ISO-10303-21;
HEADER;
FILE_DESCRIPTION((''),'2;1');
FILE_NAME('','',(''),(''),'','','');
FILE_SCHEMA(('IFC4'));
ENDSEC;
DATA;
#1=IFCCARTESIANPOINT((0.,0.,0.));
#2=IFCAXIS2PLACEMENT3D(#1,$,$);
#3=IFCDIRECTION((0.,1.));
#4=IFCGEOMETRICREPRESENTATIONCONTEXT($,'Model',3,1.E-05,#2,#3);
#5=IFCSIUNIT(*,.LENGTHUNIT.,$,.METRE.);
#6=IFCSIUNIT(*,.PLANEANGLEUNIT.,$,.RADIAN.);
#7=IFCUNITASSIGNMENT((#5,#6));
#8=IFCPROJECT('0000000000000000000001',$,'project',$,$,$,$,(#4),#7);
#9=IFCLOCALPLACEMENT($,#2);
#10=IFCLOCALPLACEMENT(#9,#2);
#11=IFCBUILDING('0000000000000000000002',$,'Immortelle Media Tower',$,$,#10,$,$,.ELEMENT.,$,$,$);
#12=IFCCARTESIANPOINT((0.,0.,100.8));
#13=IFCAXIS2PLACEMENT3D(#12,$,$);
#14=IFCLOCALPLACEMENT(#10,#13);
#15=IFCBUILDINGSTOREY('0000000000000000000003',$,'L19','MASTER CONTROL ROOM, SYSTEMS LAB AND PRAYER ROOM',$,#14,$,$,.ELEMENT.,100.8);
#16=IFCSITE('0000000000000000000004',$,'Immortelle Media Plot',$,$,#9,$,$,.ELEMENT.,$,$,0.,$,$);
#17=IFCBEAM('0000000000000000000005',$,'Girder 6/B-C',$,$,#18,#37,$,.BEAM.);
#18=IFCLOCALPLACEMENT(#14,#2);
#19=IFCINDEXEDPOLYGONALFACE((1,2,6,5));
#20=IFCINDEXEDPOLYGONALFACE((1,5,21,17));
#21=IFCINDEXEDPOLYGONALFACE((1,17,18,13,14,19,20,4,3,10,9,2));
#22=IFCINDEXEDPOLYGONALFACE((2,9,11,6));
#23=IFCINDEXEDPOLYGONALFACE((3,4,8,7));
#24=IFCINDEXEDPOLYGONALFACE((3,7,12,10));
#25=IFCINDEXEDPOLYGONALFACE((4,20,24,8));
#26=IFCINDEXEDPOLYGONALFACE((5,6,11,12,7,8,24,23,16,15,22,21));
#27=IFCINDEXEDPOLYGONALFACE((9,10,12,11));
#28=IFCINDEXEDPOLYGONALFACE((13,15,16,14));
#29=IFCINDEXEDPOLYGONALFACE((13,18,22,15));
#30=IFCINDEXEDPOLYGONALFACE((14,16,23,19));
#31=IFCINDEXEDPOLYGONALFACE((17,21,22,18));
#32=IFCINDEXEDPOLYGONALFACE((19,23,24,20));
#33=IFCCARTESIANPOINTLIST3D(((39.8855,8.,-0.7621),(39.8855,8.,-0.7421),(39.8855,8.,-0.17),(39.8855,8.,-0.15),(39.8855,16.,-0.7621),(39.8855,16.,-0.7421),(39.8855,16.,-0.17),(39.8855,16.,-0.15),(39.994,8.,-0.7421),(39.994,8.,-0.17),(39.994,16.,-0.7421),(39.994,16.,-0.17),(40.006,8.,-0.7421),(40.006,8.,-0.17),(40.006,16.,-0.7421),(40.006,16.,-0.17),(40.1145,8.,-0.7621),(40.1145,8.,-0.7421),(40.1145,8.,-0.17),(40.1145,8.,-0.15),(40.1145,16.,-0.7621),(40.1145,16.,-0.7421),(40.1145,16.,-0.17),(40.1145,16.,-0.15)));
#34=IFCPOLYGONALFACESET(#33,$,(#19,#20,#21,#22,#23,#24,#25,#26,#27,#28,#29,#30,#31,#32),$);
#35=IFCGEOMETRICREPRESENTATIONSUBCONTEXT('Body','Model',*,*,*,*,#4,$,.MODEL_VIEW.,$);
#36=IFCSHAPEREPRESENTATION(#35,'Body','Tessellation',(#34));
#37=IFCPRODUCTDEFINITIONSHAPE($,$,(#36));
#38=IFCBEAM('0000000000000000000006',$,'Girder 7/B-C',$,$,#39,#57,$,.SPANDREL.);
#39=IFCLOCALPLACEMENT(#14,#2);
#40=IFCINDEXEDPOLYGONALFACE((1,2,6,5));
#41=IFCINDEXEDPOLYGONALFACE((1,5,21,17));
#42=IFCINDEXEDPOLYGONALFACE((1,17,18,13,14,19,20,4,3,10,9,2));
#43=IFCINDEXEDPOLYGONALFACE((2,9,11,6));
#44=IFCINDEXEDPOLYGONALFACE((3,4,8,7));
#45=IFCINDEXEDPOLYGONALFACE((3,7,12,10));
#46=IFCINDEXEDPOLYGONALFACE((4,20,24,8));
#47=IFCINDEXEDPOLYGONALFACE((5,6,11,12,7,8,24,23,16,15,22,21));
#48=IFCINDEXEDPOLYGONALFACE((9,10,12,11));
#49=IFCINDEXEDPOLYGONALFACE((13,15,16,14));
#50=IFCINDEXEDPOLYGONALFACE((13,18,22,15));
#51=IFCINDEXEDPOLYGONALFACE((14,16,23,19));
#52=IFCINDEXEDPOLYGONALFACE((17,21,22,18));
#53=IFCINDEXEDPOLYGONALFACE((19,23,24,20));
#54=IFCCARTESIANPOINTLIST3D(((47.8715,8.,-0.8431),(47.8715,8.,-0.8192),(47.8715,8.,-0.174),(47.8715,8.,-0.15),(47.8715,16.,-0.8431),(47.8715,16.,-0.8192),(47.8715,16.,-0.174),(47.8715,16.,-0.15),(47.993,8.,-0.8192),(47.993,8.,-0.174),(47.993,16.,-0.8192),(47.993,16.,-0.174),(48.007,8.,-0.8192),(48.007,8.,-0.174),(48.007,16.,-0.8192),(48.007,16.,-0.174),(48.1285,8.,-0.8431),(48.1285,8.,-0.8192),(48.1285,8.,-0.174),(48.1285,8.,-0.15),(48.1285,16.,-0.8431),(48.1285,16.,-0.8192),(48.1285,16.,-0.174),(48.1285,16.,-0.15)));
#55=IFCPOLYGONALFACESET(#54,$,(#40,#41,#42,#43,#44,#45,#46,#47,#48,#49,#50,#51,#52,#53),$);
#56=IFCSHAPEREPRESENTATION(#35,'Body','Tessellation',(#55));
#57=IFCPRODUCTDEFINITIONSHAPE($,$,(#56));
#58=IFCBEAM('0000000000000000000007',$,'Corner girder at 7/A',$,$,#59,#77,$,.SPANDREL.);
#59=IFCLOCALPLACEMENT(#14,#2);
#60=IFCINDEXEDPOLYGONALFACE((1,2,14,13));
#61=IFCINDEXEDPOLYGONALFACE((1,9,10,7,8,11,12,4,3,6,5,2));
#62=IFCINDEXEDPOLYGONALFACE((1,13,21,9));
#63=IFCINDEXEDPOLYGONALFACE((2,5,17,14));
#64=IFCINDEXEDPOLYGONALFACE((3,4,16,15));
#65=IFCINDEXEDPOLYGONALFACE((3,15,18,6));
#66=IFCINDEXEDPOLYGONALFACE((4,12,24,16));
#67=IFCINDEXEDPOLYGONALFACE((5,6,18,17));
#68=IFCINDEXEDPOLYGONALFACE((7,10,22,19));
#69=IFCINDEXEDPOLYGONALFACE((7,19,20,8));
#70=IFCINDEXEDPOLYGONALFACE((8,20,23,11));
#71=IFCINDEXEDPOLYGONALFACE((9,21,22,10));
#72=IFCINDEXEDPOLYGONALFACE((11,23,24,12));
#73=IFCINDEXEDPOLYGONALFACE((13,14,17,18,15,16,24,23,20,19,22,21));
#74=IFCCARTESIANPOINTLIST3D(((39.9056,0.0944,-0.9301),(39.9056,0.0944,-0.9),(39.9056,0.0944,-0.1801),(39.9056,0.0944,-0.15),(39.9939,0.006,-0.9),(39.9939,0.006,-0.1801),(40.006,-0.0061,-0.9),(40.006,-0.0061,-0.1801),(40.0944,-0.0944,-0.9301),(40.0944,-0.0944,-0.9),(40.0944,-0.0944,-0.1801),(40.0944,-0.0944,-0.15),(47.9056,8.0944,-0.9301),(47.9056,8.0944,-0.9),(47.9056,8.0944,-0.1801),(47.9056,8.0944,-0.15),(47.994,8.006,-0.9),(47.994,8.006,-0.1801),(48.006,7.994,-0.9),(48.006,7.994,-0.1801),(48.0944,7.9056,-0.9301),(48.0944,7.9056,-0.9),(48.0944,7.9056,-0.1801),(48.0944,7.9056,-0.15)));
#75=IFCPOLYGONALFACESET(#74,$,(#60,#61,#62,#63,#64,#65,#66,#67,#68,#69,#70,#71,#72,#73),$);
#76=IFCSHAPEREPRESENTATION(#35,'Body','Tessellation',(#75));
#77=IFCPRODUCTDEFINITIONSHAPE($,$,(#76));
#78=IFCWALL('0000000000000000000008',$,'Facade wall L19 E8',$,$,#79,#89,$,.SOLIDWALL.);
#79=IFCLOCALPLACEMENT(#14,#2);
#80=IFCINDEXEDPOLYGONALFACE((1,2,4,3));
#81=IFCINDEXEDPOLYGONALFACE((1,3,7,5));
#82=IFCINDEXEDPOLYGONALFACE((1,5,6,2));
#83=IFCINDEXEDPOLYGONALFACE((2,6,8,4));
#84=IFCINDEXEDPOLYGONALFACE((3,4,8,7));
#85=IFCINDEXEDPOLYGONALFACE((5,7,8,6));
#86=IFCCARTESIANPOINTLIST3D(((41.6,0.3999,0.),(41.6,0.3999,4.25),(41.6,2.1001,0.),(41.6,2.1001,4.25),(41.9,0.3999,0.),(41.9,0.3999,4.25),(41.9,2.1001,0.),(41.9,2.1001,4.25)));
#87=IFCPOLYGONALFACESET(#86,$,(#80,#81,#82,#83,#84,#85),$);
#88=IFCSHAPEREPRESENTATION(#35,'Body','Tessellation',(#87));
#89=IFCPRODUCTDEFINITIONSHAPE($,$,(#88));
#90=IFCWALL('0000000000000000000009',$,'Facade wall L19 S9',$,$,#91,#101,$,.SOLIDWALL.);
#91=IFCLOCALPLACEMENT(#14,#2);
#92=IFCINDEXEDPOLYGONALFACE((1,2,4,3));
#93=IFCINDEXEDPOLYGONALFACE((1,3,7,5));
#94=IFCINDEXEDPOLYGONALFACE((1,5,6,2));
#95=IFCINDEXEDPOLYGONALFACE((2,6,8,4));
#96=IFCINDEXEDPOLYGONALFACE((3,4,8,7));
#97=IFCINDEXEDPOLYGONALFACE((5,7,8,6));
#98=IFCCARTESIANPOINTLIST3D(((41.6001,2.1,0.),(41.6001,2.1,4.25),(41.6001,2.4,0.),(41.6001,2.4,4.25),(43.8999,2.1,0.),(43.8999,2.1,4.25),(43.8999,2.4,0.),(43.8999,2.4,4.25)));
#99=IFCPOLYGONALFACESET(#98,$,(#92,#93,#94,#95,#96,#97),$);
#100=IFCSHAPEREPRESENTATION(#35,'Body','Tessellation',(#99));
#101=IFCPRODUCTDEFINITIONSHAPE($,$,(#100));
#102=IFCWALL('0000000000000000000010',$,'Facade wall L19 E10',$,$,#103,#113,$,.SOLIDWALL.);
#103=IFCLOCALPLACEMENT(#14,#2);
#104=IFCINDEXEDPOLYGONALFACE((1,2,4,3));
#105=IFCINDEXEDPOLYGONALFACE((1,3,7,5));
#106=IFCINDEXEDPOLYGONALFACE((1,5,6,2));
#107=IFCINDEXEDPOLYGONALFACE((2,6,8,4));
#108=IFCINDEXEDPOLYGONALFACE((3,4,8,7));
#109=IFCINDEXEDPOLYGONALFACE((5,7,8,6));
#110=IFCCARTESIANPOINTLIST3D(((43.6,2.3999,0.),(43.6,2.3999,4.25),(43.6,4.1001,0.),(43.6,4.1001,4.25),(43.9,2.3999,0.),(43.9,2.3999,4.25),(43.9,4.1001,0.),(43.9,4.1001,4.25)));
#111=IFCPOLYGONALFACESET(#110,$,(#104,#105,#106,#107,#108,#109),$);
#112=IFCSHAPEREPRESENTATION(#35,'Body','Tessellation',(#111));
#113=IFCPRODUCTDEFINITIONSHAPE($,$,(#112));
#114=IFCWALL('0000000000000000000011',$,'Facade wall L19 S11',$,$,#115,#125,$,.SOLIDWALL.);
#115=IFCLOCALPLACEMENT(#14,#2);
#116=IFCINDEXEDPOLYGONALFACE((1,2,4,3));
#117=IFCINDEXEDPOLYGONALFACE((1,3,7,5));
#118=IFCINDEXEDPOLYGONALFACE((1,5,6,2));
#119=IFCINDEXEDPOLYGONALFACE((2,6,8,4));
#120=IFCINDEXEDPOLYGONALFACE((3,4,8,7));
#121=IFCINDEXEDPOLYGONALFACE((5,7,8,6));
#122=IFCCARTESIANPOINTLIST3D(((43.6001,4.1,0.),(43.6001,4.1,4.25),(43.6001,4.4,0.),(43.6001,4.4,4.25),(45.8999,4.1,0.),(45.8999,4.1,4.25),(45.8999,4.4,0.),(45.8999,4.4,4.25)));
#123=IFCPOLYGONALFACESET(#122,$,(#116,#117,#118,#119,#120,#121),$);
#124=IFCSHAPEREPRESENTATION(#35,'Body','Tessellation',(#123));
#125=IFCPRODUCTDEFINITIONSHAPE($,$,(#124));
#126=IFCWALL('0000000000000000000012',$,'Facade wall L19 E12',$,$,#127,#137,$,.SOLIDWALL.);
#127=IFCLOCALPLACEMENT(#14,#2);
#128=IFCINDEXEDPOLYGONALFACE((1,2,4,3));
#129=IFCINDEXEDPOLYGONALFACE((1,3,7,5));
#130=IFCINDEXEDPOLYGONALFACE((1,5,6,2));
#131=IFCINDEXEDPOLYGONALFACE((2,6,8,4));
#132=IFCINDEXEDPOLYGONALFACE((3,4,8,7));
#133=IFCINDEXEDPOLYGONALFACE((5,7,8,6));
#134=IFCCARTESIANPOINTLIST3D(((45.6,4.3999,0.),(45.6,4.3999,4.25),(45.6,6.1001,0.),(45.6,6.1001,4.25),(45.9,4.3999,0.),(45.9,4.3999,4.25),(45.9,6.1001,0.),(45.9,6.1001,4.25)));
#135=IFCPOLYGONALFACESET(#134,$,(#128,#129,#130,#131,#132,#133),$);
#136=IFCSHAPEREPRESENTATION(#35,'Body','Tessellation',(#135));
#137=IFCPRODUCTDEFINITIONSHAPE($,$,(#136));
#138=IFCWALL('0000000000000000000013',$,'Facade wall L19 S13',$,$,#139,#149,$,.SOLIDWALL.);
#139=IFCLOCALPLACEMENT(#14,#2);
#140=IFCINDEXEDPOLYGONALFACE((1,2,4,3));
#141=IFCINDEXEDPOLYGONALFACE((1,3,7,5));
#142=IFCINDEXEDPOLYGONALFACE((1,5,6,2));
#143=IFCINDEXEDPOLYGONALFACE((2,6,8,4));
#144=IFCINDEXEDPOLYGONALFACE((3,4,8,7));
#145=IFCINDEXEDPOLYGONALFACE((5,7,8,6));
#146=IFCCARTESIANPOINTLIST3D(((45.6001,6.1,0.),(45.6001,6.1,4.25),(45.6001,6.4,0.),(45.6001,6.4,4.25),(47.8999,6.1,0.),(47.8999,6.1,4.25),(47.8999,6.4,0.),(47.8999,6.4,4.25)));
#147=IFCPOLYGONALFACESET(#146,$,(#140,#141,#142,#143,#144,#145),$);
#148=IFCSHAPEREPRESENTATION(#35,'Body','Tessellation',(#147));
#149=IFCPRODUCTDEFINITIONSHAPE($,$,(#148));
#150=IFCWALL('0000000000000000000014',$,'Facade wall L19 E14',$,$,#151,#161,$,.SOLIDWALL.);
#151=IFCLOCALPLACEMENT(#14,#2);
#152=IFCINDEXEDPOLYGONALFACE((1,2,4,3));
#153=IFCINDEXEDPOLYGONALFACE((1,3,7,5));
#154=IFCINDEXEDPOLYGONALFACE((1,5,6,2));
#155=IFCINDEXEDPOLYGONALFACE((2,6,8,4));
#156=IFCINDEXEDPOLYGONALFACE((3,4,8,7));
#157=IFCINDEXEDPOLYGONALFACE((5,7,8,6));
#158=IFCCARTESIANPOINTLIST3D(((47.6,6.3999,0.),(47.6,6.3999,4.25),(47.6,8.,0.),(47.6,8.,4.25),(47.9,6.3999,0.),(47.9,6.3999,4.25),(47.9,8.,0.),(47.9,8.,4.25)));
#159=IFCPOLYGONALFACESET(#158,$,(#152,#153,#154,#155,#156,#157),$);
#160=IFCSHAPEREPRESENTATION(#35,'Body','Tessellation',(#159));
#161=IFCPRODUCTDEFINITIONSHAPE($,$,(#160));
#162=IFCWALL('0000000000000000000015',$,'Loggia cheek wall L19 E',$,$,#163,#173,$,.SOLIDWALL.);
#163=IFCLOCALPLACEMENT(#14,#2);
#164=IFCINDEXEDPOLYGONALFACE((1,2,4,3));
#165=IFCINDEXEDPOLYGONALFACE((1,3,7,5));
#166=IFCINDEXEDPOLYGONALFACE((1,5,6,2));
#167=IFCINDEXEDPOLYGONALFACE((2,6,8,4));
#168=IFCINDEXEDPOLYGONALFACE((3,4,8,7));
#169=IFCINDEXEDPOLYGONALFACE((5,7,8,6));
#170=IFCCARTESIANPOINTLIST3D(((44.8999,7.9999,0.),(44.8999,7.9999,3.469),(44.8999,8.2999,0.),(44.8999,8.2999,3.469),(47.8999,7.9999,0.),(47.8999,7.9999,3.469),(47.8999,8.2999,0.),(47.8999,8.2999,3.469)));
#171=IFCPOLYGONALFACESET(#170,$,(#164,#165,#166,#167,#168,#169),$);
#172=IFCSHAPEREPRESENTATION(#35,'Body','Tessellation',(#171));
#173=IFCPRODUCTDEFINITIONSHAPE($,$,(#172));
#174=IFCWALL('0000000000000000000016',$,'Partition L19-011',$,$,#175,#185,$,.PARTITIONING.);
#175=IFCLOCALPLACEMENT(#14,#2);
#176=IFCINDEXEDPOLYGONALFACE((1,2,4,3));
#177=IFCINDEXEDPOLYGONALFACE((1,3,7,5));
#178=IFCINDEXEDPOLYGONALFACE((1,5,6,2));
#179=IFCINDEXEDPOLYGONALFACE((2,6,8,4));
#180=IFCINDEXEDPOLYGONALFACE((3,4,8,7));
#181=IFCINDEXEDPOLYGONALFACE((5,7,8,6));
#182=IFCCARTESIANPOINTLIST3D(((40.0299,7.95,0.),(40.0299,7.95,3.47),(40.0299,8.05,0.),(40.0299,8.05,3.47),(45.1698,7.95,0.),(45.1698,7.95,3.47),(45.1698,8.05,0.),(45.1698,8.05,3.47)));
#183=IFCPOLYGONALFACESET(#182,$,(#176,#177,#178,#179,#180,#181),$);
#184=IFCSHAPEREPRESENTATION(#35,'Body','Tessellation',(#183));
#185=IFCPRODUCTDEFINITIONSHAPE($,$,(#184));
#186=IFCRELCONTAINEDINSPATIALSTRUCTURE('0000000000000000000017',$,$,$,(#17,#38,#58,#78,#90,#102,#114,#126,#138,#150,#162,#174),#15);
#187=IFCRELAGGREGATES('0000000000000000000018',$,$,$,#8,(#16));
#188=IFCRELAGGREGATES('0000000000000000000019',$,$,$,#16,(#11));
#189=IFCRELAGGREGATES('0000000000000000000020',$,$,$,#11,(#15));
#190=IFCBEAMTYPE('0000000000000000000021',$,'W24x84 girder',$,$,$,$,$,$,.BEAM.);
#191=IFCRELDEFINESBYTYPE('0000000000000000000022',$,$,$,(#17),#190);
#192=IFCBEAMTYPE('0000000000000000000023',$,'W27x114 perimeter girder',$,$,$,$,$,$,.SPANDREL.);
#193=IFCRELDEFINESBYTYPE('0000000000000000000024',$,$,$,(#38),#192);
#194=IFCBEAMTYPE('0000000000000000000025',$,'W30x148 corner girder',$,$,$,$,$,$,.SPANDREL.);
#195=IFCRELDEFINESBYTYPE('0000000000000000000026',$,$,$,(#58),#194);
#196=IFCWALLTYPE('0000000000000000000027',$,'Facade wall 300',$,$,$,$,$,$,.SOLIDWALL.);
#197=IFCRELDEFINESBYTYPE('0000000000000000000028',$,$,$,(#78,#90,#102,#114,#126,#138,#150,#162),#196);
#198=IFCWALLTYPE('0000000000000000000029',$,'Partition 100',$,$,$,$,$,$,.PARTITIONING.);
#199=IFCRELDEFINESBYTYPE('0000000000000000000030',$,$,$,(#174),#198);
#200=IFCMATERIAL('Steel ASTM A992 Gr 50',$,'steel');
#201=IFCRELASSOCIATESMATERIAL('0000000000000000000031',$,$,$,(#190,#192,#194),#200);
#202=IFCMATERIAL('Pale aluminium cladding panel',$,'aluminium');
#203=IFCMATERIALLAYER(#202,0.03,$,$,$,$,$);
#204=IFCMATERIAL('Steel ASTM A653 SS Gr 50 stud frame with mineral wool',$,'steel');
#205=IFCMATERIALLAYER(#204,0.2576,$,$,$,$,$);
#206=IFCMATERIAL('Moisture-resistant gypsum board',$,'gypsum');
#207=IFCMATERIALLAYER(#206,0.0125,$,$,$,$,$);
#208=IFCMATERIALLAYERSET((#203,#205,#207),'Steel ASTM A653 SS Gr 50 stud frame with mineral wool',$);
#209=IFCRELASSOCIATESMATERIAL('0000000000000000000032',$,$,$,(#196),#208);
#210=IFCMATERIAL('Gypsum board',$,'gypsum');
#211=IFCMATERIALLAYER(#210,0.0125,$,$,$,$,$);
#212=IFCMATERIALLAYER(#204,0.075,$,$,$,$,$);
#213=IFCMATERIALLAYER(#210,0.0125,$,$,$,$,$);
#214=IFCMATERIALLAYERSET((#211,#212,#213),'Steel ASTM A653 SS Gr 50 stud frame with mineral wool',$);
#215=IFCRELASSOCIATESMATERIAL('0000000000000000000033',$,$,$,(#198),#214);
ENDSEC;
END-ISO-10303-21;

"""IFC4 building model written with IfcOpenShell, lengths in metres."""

from ifc_helpers import new_model, si_unit, direction, frame, frame_2d, origin, origin_2d, place, context, subcontext, project, spatial, rectangle, i_section, extrude, material, layer, layer_set, material_profile, profile_set, type_object, element, save


model = new_model("IFC4")

# Units and contexts
model_context = context("Model", 3, precision=1e-05, world=origin(), true_north=direction((0.0, 1.0)))
body_context = subcontext(model_context, "Body", "Model", "MODEL_VIEW")
ifc_project = project(units=[si_unit("LENGTHUNIT", "METRE"), si_unit("PLANEANGLEUNIT", "RADIAN")], contexts=[model_context])

# Site, building, storey
site_placement = place(None, origin())
site = spatial("IfcSite", under=ifc_project, at=site_placement, Name="Immortelle Media Plot", CompositionType="ELEMENT", RefElevation=0.0)
building_placement = place(site_placement, origin())
building = spatial("IfcBuilding", under=site, at=building_placement, Name="Immortelle Media Tower", CompositionType="ELEMENT")
storey_placement = place(building_placement, frame((0.0, 0.0, 100.8)))
storey = spatial("IfcBuildingStorey", under=building, at=storey_placement, Name="L19", Description="MASTER CONTROL ROOM, SYSTEMS LAB AND PRAYER ROOM", CompositionType="ELEMENT", Elevation=100.8)

# Shared definitions
ifc_material_1 = material(Name="Steel ASTM A992 Gr 50", Category="steel")

# Beams
ifc_material_profile_1 = material_profile(ifc_material_1, i_section(OverallWidth=0.229, OverallDepth=0.6121, WebThickness=0.012, FlangeThickness=0.02, at=origin_2d()), Name="W24x84")
ifc_profile_set_1 = profile_set([ifc_material_profile_1], Name="Steel ASTM A992 Gr 50")
beam_type_1 = type_object("IfcBeamType", Name="W24x84 girder", PredefinedType="BEAM", material=ifc_profile_set_1)
for number, where, z_axis, x_axis, name in (
    (1, (40.0, 8.0, -0.4561), (0.0, 1.0, 0.0), (-1.0, 0.0, 0.0), "Girder 6/B-C"),
):
    element("IfcBeam", number, at=place(storey_placement, frame(where, z_axis=z_axis, x_axis=x_axis)), inside=storey, type_object=beam_type_1, Name=name, PredefinedType="BEAM", context=body_context, shape_type="SweptSolid", body=[
        extrude(i_section(OverallWidth=0.229, OverallDepth=0.6121, WebThickness=0.012, FlangeThickness=0.02, at=origin_2d()), origin(), (0.0, 0.0, 1.0), 8.0),
    ])
ifc_material_profile_2 = material_profile(ifc_material_1, i_section(OverallWidth=0.2571, OverallDepth=0.6931, WebThickness=0.0139, FlangeThickness=0.0239, at=origin_2d()), Name="W27x114")
ifc_profile_set_2 = profile_set([ifc_material_profile_2], Name="Steel ASTM A992 Gr 50")
beam_type_2 = type_object("IfcBeamType", Name="W27x114 perimeter girder", PredefinedType="SPANDREL", material=ifc_profile_set_2)
beam_1_placement = place(storey_placement, frame((48.0, 8.0, -0.4966), z_axis=(0.0, 1.0, 0.0), x_axis=(-1.0, 0.0, 0.0)))
element("IfcBeam", 2, at=beam_1_placement, inside=storey, type_object=beam_type_2, Name="Girder 7/B-C", PredefinedType="SPANDREL", context=body_context, shape_type="SweptSolid", body=[
    extrude(i_section(OverallWidth=0.2571, OverallDepth=0.6931, WebThickness=0.0139, FlangeThickness=0.0239, at=origin_2d()), origin(), (0.0, 0.0, 1.0), 8.0),
])
ifc_material_profile_3 = material_profile(ifc_material_1, i_section(OverallWidth=0.2671, OverallDepth=0.78, WebThickness=0.0171, FlangeThickness=0.03, at=origin_2d()), Name="W30x148")
ifc_profile_set_3 = profile_set([ifc_material_profile_3], Name="Steel ASTM A992 Gr 50")
beam_type_3 = type_object("IfcBeamType", Name="W30x148 corner girder", PredefinedType="SPANDREL", material=ifc_profile_set_3)
beam_2_placement = place(storey_placement, frame((48.0, 8.0, -0.54), z_axis=(-0.707107, -0.707107, 0.0), x_axis=(0.707107, -0.707107, 0.0)))
element("IfcBeam", 3, at=beam_2_placement, inside=storey, type_object=beam_type_3, Name="Corner girder at 7/A", PredefinedType="SPANDREL", context=body_context, shape_type="SweptSolid", body=[
    extrude(i_section(OverallWidth=0.2671, OverallDepth=0.78, WebThickness=0.0171, FlangeThickness=0.03, at=origin_2d()), origin(), (0.0, 0.0, 1.0), 11.3137),
])

# Walls
ifc_material_2 = material(Name="Pale aluminium cladding panel", Category="aluminium")
ifc_layer_1 = layer(ifc_material_2, 0.03)
ifc_material_3 = material(Name="Steel ASTM A653 SS Gr 50 stud frame with mineral wool", Category="steel")
ifc_layer_2 = layer(ifc_material_3, 0.2576)
ifc_material_4 = material(Name="Moisture-resistant gypsum board", Category="gypsum")
ifc_layer_3 = layer(ifc_material_4, 0.0125)
ifc_layer_set_1 = layer_set([ifc_layer_1, ifc_layer_2, ifc_layer_3], Name="Steel ASTM A653 SS Gr 50 stud frame with mineral wool")
wall_type_1 = type_object("IfcWallType", Name="Facade wall 300", PredefinedType="SOLIDWALL", material=ifc_layer_set_1)
wall_1_placement = place(storey_placement, frame((41.75, 0.3999, 0.0), z_axis=(0.0, 0.0, 1.0), x_axis=(0.0, 1.0, 0.0)))
element("IfcWall", 4, at=wall_1_placement, inside=storey, type_object=wall_type_1, Name="Facade wall L19 E8", PredefinedType="SOLIDWALL", context=body_context, shape_type="SweptSolid", body=[
    extrude(rectangle(XDim=1.7002, YDim=0.3, at=frame_2d((0.8501, 0.0))), origin(), (0.0, 0.0, 1.0), 4.25),
])
wall_2_placement = place(storey_placement, frame((41.6001, 2.25, 0.0), z_axis=(0.0, 0.0, 1.0), x_axis=(1.0, 0.0, 0.0)))
element("IfcWall", 5, at=wall_2_placement, inside=storey, type_object=wall_type_1, Name="Facade wall L19 S9", PredefinedType="SOLIDWALL", context=body_context, shape_type="SweptSolid", body=[
    extrude(rectangle(XDim=2.2998, YDim=0.3, at=frame_2d((1.1499, 0.0))), origin(), (0.0, 0.0, 1.0), 4.25),
])
wall_3_placement = place(storey_placement, frame((43.75, 2.3999, 0.0), z_axis=(0.0, 0.0, 1.0), x_axis=(0.0, 1.0, 0.0)))
element("IfcWall", 6, at=wall_3_placement, inside=storey, type_object=wall_type_1, Name="Facade wall L19 E10", PredefinedType="SOLIDWALL", context=body_context, shape_type="SweptSolid", body=[
    extrude(rectangle(XDim=1.7002, YDim=0.3, at=frame_2d((0.8501, 0.0))), origin(), (0.0, 0.0, 1.0), 4.25),
])
wall_4_placement = place(storey_placement, frame((43.6001, 4.25, 0.0), z_axis=(0.0, 0.0, 1.0), x_axis=(1.0, 0.0, 0.0)))
element("IfcWall", 7, at=wall_4_placement, inside=storey, type_object=wall_type_1, Name="Facade wall L19 S11", PredefinedType="SOLIDWALL", context=body_context, shape_type="SweptSolid", body=[
    extrude(rectangle(XDim=2.2998, YDim=0.3, at=frame_2d((1.1499, 0.0))), origin(), (0.0, 0.0, 1.0), 4.25),
])
wall_5_placement = place(storey_placement, frame((45.75, 4.3999, 0.0), z_axis=(0.0, 0.0, 1.0), x_axis=(0.0, 1.0, 0.0)))
element("IfcWall", 8, at=wall_5_placement, inside=storey, type_object=wall_type_1, Name="Facade wall L19 E12", PredefinedType="SOLIDWALL", context=body_context, shape_type="SweptSolid", body=[
    extrude(rectangle(XDim=1.7002, YDim=0.3, at=frame_2d((0.8501, 0.0))), origin(), (0.0, 0.0, 1.0), 4.25),
])
wall_6_placement = place(storey_placement, frame((45.6001, 6.25, 0.0), z_axis=(0.0, 0.0, 1.0), x_axis=(1.0, 0.0, 0.0)))
element("IfcWall", 9, at=wall_6_placement, inside=storey, type_object=wall_type_1, Name="Facade wall L19 S13", PredefinedType="SOLIDWALL", context=body_context, shape_type="SweptSolid", body=[
    extrude(rectangle(XDim=2.2998, YDim=0.3, at=frame_2d((1.1499, 0.0))), origin(), (0.0, 0.0, 1.0), 4.25),
])
wall_7_placement = place(storey_placement, frame((47.75, 6.3999, 0.0), z_axis=(0.0, 0.0, 1.0), x_axis=(0.0, 1.0, 0.0)))
element("IfcWall", 10, at=wall_7_placement, inside=storey, type_object=wall_type_1, Name="Facade wall L19 E14", PredefinedType="SOLIDWALL", context=body_context, shape_type="SweptSolid", body=[
    extrude(rectangle(XDim=1.6001, YDim=0.3, at=frame_2d((0.8, 0.0))), origin(), (0.0, 0.0, 1.0), 4.25),
])

# Walls
wall_8_placement = place(storey_placement, frame((47.8999, 8.1499, 0.0), z_axis=(0.0, 0.0, 1.0), x_axis=(-1.0, 0.0, 0.0)))
element("IfcWall", 11, at=wall_8_placement, inside=storey, type_object=wall_type_1, Name="Loggia cheek wall L19 E", PredefinedType="SOLIDWALL", context=body_context, shape_type="SweptSolid", body=[
    extrude(rectangle(XDim=3.0, YDim=0.3, at=frame_2d((1.5, 0.0))), origin(), (0.0, 0.0, 1.0), 3.469),
])
ifc_material_5 = material(Name="Gypsum board", Category="gypsum")
ifc_layer_4 = layer(ifc_material_5, 0.0125)
ifc_layer_5 = layer(ifc_material_3, 0.075)
ifc_layer_6 = layer(ifc_material_5, 0.0125)
ifc_layer_set_2 = layer_set([ifc_layer_4, ifc_layer_5, ifc_layer_6], Name="Steel ASTM A653 SS Gr 50 stud frame with mineral wool")
wall_type_2 = type_object("IfcWallType", Name="Partition 100", PredefinedType="PARTITIONING", material=ifc_layer_set_2)
wall_9_placement = place(storey_placement, frame((40.03, 8.0, 0.0), z_axis=(0.0, 0.0, 1.0), x_axis=(1.0, 0.0, 0.0)))
element("IfcWall", 12, at=wall_9_placement, inside=storey, type_object=wall_type_2, Name="Partition L19-011", PredefinedType="PARTITIONING", context=body_context, shape_type="SweptSolid", body=[
    extrude(rectangle(XDim=5.1399, YDim=0.1001, at=frame_2d((2.5698, 0.0))), origin(), (0.0, 0.0, 1.0), 3.47),
])

save(model, "model.ifc")
